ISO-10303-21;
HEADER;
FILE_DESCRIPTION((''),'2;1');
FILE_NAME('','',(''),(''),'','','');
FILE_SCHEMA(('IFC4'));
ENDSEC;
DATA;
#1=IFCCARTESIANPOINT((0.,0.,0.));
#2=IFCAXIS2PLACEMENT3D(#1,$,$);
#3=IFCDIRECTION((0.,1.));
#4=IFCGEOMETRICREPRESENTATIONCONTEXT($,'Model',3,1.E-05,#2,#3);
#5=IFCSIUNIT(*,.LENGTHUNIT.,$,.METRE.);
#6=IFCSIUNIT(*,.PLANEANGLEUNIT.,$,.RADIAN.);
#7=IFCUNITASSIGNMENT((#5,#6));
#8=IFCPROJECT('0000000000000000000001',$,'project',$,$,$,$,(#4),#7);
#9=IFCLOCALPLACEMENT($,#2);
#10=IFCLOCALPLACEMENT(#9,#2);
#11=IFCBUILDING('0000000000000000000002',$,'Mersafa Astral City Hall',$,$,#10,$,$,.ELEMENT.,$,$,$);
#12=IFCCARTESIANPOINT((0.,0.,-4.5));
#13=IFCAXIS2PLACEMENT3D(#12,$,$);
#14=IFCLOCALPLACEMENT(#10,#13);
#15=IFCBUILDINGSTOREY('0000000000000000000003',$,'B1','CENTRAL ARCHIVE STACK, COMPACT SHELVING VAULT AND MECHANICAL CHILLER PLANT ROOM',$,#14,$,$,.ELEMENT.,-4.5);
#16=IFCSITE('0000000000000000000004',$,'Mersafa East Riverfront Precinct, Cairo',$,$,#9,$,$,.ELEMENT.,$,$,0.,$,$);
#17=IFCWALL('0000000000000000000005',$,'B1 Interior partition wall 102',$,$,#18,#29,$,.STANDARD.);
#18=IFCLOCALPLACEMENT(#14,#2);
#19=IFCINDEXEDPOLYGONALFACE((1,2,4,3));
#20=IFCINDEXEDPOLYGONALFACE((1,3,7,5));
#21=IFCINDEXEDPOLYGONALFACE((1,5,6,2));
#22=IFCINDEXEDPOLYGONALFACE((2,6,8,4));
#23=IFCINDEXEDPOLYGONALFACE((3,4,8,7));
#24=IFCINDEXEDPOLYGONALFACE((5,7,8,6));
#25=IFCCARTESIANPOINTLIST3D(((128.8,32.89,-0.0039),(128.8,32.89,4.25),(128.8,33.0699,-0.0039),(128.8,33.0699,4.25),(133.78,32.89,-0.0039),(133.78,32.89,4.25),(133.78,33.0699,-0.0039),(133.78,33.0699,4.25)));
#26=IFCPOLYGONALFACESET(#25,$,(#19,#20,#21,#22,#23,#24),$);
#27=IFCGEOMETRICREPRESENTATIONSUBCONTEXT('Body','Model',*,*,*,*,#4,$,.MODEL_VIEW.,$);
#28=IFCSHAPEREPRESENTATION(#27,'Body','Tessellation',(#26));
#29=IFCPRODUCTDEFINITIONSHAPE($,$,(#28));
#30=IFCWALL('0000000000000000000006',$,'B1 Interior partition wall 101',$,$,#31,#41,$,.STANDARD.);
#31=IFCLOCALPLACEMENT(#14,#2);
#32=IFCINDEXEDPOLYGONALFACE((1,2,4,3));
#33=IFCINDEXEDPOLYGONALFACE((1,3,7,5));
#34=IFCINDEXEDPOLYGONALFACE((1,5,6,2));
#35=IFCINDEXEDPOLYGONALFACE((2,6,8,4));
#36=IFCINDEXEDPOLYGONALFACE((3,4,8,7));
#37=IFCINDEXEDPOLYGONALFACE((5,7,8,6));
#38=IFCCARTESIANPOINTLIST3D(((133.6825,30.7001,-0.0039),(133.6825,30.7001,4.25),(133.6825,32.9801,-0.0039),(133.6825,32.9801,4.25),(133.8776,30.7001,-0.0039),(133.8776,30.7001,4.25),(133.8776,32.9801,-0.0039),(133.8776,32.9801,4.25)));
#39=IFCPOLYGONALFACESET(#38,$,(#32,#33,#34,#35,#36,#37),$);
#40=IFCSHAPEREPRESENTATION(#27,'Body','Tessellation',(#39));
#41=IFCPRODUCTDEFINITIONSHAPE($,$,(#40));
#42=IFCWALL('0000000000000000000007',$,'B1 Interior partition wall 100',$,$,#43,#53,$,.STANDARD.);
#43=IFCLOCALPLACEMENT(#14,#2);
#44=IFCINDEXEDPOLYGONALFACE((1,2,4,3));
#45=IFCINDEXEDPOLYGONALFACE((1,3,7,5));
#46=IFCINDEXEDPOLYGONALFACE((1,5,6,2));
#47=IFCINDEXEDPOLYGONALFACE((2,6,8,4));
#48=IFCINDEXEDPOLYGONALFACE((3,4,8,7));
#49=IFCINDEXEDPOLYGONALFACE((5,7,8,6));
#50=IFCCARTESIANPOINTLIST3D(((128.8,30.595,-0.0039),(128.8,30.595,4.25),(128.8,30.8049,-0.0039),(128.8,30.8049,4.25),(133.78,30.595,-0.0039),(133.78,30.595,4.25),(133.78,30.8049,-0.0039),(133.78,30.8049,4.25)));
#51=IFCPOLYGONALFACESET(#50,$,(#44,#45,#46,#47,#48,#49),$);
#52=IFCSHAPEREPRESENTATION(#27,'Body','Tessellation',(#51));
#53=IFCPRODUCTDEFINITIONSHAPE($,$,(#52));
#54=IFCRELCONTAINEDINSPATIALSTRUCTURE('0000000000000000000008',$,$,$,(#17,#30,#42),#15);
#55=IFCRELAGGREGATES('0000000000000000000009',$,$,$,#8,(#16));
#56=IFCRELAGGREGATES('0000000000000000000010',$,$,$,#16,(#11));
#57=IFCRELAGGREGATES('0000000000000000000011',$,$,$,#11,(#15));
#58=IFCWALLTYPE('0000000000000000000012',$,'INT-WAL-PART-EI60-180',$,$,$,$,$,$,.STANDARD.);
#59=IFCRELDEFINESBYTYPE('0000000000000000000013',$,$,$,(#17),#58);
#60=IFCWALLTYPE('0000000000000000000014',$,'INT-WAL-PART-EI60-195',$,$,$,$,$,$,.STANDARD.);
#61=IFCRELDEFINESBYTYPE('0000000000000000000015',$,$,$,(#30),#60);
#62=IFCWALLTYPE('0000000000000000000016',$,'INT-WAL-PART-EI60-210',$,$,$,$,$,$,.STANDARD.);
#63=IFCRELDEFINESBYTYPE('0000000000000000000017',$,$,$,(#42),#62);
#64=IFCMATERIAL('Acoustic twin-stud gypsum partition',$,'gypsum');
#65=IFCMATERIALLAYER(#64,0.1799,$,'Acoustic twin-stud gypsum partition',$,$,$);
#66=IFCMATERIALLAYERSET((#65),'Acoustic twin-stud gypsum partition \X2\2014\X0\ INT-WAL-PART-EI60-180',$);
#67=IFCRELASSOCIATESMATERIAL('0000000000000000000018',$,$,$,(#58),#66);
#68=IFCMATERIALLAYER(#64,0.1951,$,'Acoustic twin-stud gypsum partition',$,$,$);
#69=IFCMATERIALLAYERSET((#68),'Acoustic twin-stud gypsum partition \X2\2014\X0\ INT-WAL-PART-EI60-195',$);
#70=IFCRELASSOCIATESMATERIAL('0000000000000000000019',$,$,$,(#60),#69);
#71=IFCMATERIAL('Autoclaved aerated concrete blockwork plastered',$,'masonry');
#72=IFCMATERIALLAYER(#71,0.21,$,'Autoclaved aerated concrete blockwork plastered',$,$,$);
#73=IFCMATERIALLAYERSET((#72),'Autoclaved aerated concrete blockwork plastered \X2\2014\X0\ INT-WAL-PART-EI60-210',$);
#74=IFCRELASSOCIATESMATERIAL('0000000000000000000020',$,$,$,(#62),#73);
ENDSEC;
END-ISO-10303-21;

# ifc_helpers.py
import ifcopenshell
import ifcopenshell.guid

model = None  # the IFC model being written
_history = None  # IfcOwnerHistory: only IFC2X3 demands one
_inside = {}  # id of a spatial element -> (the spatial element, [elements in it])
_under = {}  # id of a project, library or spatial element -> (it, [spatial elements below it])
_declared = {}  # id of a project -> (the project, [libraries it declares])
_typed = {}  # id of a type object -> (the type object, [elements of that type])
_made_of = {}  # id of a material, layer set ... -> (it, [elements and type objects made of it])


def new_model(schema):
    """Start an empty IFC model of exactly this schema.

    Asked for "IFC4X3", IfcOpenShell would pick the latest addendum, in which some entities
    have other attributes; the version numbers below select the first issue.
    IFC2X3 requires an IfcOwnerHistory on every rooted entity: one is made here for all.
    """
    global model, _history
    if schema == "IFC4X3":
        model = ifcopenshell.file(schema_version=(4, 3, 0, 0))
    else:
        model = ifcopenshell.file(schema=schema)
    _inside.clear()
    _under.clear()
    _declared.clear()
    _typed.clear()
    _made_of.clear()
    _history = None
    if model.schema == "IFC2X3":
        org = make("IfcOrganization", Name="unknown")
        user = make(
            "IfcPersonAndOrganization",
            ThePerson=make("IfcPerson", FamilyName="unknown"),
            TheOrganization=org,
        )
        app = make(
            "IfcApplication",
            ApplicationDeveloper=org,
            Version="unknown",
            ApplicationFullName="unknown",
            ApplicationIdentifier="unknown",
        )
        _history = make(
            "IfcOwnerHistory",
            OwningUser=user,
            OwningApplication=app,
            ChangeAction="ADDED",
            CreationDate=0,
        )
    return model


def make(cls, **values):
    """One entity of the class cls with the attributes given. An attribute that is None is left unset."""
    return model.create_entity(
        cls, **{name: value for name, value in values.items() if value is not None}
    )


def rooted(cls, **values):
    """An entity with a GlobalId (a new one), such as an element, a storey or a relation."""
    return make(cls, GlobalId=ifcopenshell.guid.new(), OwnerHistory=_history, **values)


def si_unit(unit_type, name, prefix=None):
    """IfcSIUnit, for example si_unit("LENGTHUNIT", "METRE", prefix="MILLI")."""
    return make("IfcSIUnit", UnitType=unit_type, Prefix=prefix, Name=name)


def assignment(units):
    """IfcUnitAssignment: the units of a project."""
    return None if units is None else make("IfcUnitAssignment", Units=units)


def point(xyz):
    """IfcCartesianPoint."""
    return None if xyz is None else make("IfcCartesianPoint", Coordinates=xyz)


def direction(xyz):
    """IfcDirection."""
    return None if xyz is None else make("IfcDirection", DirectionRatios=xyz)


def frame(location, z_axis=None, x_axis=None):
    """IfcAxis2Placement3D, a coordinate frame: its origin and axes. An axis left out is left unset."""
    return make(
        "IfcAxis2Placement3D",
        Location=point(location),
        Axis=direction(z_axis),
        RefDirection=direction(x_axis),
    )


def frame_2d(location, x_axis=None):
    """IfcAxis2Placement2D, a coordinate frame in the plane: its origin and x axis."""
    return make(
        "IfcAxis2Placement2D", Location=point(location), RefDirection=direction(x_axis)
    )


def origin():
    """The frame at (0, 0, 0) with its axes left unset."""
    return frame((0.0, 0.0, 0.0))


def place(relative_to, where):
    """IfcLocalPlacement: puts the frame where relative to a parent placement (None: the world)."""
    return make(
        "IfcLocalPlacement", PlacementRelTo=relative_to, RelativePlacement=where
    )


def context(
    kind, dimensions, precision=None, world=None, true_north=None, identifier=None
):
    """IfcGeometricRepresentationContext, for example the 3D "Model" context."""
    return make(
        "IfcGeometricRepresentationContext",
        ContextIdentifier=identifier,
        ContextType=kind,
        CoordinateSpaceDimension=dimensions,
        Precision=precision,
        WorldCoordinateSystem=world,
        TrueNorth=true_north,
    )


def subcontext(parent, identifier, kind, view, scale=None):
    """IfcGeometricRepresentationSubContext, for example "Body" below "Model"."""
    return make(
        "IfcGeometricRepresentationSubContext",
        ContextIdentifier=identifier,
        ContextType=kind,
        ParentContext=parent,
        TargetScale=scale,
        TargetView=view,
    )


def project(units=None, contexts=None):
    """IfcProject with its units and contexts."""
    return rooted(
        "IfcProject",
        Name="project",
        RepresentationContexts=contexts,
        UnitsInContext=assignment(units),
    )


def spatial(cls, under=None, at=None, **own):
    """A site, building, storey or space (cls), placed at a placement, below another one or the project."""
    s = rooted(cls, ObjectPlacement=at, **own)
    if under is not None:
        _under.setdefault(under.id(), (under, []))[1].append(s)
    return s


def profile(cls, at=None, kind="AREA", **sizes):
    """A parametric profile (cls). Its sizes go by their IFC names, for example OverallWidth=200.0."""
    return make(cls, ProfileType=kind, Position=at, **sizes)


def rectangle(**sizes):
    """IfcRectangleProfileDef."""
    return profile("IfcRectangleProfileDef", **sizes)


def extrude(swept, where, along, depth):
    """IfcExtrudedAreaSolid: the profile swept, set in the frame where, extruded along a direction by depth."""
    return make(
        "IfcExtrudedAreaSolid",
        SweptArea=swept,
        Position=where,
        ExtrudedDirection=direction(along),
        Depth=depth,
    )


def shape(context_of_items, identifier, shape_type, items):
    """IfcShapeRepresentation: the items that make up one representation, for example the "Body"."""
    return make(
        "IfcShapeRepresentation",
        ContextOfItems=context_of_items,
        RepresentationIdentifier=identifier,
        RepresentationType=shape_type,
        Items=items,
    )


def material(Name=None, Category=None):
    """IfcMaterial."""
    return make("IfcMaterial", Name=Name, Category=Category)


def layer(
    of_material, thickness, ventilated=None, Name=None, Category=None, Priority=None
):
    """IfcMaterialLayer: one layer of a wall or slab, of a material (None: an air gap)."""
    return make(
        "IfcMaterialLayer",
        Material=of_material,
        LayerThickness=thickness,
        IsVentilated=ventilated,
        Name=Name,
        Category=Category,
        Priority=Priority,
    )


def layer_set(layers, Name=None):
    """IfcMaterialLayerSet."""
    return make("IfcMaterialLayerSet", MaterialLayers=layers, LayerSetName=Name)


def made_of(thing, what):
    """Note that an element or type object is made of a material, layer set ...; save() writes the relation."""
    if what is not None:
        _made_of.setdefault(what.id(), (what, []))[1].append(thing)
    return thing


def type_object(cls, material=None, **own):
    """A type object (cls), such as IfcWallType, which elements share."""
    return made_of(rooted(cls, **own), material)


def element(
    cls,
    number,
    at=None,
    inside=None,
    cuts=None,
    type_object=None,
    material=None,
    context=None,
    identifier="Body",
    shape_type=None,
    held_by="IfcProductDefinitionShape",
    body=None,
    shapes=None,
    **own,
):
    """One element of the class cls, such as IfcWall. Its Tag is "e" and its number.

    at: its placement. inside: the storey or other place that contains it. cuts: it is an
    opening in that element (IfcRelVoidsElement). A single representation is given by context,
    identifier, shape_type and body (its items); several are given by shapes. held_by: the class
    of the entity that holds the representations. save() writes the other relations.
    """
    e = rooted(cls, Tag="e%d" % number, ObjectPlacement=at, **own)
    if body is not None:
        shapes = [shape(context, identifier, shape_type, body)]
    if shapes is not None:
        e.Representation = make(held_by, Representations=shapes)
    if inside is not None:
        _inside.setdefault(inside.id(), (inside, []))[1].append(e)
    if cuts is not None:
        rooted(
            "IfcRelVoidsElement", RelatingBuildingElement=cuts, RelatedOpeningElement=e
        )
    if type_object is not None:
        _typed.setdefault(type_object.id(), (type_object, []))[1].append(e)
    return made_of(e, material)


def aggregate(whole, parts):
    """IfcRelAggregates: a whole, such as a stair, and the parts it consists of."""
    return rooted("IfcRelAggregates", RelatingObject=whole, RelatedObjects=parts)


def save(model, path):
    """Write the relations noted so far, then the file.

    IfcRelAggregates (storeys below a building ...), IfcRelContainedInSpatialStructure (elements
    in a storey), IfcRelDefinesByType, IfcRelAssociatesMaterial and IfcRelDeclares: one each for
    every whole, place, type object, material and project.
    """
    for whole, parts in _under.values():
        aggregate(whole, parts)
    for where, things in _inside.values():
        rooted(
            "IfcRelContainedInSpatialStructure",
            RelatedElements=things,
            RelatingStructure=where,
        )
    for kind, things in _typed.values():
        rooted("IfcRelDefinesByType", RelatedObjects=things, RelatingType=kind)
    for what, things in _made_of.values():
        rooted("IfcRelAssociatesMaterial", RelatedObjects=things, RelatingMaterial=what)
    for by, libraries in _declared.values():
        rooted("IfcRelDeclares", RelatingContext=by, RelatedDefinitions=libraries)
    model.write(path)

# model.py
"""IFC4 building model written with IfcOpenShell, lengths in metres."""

from ifc_helpers import new_model, si_unit, direction, frame, frame_2d, origin, place, context, subcontext, project, spatial, rectangle, extrude, material, layer, layer_set, type_object, element, save


model = new_model("IFC4")

# Units and contexts
model_context = context("Model", 3, precision=1e-05, world=origin(), true_north=direction((0.0, 1.0)))
body_context = subcontext(model_context, "Body", "Model", "MODEL_VIEW")
ifc_project = project(units=[si_unit("LENGTHUNIT", "METRE"), si_unit("PLANEANGLEUNIT", "RADIAN")], contexts=[model_context])

# Site, building, storey
site_placement = place(None, origin())
site = spatial("IfcSite", under=ifc_project, at=site_placement, Name="Mersafa East Riverfront Precinct, Cairo", CompositionType="ELEMENT", RefElevation=0.0)
building_placement = place(site_placement, origin())
building = spatial("IfcBuilding", under=site, at=building_placement, Name="Mersafa Astral City Hall", CompositionType="ELEMENT")
storey_placement = place(building_placement, frame((0.0, 0.0, -4.5)))
storey = spatial("IfcBuildingStorey", under=building, at=storey_placement, Name="B1", Description="CENTRAL ARCHIVE STACK, COMPACT SHELVING VAULT AND MECHANICAL CHILLER PLANT ROOM", CompositionType="ELEMENT", Elevation=-4.5)

# Walls
ifc_material_1 = material(Name="Acoustic twin-stud gypsum partition", Category="gypsum")
ifc_layer_1 = layer(ifc_material_1, 0.1799, Name="Acoustic twin-stud gypsum partition")
ifc_layer_set_1 = layer_set([ifc_layer_1], Name="Acoustic twin-stud gypsum partition — INT-WAL-PART-EI60-180")
wall_type_1 = type_object("IfcWallType", Name="INT-WAL-PART-EI60-180", PredefinedType="STANDARD", material=ifc_layer_set_1)
wall_1_placement = place(storey_placement, frame((133.78, 32.98, -0.0039), z_axis=(0.0, 0.0, 1.0), x_axis=(-1.0, 0.0, 0.0)))
element("IfcWall", 1, at=wall_1_placement, inside=storey, type_object=wall_type_1, Name="B1 Interior partition wall 102", PredefinedType="STANDARD", context=body_context, shape_type="SweptSolid", body=[
    extrude(rectangle(XDim=4.98, YDim=0.1799, at=frame_2d((2.49, 0.0))), origin(), (0.0, 0.0, 1.0), 4.2539),
])
ifc_layer_2 = layer(ifc_material_1, 0.1951, Name="Acoustic twin-stud gypsum partition")
ifc_layer_set_2 = layer_set([ifc_layer_2], Name="Acoustic twin-stud gypsum partition — INT-WAL-PART-EI60-195")
wall_type_2 = type_object("IfcWallType", Name="INT-WAL-PART-EI60-195", PredefinedType="STANDARD", material=ifc_layer_set_2)
wall_2_placement = place(storey_placement, frame((133.78, 30.7, -0.0039), z_axis=(0.0, 0.0, 1.0), x_axis=(0.0, 1.0, 0.0)))
element("IfcWall", 2, at=wall_2_placement, inside=storey, type_object=wall_type_2, Name="B1 Interior partition wall 101", PredefinedType="STANDARD", context=body_context, shape_type="SweptSolid", body=[
    extrude(rectangle(XDim=2.28, YDim=0.1951, at=frame_2d((1.1401, 0.0))), origin(), (0.0, 0.0, 1.0), 4.2539),
])
ifc_material_2 = material(Name="Autoclaved aerated concrete blockwork plastered", Category="masonry")
ifc_layer_3 = layer(ifc_material_2, 0.21, Name="Autoclaved aerated concrete blockwork plastered")
ifc_layer_set_3 = layer_set([ifc_layer_3], Name="Autoclaved aerated concrete blockwork plastered — INT-WAL-PART-EI60-210")
wall_type_3 = type_object("IfcWallType", Name="INT-WAL-PART-EI60-210", PredefinedType="STANDARD", material=ifc_layer_set_3)
wall_3_placement = place(storey_placement, frame((128.8, 30.7, -0.0039), z_axis=(0.0, 0.0, 1.0), x_axis=(1.0, 0.0, 0.0)))
element("IfcWall", 3, at=wall_3_placement, inside=storey, type_object=wall_type_3, Name="B1 Interior partition wall 100", PredefinedType="STANDARD", context=body_context, shape_type="SweptSolid", body=[
    extrude(rectangle(XDim=4.98, YDim=0.21, at=frame_2d((2.49, 0.0))), origin(), (0.0, 0.0, 1.0), 4.2539),
])

save(model, "model.ifc")
